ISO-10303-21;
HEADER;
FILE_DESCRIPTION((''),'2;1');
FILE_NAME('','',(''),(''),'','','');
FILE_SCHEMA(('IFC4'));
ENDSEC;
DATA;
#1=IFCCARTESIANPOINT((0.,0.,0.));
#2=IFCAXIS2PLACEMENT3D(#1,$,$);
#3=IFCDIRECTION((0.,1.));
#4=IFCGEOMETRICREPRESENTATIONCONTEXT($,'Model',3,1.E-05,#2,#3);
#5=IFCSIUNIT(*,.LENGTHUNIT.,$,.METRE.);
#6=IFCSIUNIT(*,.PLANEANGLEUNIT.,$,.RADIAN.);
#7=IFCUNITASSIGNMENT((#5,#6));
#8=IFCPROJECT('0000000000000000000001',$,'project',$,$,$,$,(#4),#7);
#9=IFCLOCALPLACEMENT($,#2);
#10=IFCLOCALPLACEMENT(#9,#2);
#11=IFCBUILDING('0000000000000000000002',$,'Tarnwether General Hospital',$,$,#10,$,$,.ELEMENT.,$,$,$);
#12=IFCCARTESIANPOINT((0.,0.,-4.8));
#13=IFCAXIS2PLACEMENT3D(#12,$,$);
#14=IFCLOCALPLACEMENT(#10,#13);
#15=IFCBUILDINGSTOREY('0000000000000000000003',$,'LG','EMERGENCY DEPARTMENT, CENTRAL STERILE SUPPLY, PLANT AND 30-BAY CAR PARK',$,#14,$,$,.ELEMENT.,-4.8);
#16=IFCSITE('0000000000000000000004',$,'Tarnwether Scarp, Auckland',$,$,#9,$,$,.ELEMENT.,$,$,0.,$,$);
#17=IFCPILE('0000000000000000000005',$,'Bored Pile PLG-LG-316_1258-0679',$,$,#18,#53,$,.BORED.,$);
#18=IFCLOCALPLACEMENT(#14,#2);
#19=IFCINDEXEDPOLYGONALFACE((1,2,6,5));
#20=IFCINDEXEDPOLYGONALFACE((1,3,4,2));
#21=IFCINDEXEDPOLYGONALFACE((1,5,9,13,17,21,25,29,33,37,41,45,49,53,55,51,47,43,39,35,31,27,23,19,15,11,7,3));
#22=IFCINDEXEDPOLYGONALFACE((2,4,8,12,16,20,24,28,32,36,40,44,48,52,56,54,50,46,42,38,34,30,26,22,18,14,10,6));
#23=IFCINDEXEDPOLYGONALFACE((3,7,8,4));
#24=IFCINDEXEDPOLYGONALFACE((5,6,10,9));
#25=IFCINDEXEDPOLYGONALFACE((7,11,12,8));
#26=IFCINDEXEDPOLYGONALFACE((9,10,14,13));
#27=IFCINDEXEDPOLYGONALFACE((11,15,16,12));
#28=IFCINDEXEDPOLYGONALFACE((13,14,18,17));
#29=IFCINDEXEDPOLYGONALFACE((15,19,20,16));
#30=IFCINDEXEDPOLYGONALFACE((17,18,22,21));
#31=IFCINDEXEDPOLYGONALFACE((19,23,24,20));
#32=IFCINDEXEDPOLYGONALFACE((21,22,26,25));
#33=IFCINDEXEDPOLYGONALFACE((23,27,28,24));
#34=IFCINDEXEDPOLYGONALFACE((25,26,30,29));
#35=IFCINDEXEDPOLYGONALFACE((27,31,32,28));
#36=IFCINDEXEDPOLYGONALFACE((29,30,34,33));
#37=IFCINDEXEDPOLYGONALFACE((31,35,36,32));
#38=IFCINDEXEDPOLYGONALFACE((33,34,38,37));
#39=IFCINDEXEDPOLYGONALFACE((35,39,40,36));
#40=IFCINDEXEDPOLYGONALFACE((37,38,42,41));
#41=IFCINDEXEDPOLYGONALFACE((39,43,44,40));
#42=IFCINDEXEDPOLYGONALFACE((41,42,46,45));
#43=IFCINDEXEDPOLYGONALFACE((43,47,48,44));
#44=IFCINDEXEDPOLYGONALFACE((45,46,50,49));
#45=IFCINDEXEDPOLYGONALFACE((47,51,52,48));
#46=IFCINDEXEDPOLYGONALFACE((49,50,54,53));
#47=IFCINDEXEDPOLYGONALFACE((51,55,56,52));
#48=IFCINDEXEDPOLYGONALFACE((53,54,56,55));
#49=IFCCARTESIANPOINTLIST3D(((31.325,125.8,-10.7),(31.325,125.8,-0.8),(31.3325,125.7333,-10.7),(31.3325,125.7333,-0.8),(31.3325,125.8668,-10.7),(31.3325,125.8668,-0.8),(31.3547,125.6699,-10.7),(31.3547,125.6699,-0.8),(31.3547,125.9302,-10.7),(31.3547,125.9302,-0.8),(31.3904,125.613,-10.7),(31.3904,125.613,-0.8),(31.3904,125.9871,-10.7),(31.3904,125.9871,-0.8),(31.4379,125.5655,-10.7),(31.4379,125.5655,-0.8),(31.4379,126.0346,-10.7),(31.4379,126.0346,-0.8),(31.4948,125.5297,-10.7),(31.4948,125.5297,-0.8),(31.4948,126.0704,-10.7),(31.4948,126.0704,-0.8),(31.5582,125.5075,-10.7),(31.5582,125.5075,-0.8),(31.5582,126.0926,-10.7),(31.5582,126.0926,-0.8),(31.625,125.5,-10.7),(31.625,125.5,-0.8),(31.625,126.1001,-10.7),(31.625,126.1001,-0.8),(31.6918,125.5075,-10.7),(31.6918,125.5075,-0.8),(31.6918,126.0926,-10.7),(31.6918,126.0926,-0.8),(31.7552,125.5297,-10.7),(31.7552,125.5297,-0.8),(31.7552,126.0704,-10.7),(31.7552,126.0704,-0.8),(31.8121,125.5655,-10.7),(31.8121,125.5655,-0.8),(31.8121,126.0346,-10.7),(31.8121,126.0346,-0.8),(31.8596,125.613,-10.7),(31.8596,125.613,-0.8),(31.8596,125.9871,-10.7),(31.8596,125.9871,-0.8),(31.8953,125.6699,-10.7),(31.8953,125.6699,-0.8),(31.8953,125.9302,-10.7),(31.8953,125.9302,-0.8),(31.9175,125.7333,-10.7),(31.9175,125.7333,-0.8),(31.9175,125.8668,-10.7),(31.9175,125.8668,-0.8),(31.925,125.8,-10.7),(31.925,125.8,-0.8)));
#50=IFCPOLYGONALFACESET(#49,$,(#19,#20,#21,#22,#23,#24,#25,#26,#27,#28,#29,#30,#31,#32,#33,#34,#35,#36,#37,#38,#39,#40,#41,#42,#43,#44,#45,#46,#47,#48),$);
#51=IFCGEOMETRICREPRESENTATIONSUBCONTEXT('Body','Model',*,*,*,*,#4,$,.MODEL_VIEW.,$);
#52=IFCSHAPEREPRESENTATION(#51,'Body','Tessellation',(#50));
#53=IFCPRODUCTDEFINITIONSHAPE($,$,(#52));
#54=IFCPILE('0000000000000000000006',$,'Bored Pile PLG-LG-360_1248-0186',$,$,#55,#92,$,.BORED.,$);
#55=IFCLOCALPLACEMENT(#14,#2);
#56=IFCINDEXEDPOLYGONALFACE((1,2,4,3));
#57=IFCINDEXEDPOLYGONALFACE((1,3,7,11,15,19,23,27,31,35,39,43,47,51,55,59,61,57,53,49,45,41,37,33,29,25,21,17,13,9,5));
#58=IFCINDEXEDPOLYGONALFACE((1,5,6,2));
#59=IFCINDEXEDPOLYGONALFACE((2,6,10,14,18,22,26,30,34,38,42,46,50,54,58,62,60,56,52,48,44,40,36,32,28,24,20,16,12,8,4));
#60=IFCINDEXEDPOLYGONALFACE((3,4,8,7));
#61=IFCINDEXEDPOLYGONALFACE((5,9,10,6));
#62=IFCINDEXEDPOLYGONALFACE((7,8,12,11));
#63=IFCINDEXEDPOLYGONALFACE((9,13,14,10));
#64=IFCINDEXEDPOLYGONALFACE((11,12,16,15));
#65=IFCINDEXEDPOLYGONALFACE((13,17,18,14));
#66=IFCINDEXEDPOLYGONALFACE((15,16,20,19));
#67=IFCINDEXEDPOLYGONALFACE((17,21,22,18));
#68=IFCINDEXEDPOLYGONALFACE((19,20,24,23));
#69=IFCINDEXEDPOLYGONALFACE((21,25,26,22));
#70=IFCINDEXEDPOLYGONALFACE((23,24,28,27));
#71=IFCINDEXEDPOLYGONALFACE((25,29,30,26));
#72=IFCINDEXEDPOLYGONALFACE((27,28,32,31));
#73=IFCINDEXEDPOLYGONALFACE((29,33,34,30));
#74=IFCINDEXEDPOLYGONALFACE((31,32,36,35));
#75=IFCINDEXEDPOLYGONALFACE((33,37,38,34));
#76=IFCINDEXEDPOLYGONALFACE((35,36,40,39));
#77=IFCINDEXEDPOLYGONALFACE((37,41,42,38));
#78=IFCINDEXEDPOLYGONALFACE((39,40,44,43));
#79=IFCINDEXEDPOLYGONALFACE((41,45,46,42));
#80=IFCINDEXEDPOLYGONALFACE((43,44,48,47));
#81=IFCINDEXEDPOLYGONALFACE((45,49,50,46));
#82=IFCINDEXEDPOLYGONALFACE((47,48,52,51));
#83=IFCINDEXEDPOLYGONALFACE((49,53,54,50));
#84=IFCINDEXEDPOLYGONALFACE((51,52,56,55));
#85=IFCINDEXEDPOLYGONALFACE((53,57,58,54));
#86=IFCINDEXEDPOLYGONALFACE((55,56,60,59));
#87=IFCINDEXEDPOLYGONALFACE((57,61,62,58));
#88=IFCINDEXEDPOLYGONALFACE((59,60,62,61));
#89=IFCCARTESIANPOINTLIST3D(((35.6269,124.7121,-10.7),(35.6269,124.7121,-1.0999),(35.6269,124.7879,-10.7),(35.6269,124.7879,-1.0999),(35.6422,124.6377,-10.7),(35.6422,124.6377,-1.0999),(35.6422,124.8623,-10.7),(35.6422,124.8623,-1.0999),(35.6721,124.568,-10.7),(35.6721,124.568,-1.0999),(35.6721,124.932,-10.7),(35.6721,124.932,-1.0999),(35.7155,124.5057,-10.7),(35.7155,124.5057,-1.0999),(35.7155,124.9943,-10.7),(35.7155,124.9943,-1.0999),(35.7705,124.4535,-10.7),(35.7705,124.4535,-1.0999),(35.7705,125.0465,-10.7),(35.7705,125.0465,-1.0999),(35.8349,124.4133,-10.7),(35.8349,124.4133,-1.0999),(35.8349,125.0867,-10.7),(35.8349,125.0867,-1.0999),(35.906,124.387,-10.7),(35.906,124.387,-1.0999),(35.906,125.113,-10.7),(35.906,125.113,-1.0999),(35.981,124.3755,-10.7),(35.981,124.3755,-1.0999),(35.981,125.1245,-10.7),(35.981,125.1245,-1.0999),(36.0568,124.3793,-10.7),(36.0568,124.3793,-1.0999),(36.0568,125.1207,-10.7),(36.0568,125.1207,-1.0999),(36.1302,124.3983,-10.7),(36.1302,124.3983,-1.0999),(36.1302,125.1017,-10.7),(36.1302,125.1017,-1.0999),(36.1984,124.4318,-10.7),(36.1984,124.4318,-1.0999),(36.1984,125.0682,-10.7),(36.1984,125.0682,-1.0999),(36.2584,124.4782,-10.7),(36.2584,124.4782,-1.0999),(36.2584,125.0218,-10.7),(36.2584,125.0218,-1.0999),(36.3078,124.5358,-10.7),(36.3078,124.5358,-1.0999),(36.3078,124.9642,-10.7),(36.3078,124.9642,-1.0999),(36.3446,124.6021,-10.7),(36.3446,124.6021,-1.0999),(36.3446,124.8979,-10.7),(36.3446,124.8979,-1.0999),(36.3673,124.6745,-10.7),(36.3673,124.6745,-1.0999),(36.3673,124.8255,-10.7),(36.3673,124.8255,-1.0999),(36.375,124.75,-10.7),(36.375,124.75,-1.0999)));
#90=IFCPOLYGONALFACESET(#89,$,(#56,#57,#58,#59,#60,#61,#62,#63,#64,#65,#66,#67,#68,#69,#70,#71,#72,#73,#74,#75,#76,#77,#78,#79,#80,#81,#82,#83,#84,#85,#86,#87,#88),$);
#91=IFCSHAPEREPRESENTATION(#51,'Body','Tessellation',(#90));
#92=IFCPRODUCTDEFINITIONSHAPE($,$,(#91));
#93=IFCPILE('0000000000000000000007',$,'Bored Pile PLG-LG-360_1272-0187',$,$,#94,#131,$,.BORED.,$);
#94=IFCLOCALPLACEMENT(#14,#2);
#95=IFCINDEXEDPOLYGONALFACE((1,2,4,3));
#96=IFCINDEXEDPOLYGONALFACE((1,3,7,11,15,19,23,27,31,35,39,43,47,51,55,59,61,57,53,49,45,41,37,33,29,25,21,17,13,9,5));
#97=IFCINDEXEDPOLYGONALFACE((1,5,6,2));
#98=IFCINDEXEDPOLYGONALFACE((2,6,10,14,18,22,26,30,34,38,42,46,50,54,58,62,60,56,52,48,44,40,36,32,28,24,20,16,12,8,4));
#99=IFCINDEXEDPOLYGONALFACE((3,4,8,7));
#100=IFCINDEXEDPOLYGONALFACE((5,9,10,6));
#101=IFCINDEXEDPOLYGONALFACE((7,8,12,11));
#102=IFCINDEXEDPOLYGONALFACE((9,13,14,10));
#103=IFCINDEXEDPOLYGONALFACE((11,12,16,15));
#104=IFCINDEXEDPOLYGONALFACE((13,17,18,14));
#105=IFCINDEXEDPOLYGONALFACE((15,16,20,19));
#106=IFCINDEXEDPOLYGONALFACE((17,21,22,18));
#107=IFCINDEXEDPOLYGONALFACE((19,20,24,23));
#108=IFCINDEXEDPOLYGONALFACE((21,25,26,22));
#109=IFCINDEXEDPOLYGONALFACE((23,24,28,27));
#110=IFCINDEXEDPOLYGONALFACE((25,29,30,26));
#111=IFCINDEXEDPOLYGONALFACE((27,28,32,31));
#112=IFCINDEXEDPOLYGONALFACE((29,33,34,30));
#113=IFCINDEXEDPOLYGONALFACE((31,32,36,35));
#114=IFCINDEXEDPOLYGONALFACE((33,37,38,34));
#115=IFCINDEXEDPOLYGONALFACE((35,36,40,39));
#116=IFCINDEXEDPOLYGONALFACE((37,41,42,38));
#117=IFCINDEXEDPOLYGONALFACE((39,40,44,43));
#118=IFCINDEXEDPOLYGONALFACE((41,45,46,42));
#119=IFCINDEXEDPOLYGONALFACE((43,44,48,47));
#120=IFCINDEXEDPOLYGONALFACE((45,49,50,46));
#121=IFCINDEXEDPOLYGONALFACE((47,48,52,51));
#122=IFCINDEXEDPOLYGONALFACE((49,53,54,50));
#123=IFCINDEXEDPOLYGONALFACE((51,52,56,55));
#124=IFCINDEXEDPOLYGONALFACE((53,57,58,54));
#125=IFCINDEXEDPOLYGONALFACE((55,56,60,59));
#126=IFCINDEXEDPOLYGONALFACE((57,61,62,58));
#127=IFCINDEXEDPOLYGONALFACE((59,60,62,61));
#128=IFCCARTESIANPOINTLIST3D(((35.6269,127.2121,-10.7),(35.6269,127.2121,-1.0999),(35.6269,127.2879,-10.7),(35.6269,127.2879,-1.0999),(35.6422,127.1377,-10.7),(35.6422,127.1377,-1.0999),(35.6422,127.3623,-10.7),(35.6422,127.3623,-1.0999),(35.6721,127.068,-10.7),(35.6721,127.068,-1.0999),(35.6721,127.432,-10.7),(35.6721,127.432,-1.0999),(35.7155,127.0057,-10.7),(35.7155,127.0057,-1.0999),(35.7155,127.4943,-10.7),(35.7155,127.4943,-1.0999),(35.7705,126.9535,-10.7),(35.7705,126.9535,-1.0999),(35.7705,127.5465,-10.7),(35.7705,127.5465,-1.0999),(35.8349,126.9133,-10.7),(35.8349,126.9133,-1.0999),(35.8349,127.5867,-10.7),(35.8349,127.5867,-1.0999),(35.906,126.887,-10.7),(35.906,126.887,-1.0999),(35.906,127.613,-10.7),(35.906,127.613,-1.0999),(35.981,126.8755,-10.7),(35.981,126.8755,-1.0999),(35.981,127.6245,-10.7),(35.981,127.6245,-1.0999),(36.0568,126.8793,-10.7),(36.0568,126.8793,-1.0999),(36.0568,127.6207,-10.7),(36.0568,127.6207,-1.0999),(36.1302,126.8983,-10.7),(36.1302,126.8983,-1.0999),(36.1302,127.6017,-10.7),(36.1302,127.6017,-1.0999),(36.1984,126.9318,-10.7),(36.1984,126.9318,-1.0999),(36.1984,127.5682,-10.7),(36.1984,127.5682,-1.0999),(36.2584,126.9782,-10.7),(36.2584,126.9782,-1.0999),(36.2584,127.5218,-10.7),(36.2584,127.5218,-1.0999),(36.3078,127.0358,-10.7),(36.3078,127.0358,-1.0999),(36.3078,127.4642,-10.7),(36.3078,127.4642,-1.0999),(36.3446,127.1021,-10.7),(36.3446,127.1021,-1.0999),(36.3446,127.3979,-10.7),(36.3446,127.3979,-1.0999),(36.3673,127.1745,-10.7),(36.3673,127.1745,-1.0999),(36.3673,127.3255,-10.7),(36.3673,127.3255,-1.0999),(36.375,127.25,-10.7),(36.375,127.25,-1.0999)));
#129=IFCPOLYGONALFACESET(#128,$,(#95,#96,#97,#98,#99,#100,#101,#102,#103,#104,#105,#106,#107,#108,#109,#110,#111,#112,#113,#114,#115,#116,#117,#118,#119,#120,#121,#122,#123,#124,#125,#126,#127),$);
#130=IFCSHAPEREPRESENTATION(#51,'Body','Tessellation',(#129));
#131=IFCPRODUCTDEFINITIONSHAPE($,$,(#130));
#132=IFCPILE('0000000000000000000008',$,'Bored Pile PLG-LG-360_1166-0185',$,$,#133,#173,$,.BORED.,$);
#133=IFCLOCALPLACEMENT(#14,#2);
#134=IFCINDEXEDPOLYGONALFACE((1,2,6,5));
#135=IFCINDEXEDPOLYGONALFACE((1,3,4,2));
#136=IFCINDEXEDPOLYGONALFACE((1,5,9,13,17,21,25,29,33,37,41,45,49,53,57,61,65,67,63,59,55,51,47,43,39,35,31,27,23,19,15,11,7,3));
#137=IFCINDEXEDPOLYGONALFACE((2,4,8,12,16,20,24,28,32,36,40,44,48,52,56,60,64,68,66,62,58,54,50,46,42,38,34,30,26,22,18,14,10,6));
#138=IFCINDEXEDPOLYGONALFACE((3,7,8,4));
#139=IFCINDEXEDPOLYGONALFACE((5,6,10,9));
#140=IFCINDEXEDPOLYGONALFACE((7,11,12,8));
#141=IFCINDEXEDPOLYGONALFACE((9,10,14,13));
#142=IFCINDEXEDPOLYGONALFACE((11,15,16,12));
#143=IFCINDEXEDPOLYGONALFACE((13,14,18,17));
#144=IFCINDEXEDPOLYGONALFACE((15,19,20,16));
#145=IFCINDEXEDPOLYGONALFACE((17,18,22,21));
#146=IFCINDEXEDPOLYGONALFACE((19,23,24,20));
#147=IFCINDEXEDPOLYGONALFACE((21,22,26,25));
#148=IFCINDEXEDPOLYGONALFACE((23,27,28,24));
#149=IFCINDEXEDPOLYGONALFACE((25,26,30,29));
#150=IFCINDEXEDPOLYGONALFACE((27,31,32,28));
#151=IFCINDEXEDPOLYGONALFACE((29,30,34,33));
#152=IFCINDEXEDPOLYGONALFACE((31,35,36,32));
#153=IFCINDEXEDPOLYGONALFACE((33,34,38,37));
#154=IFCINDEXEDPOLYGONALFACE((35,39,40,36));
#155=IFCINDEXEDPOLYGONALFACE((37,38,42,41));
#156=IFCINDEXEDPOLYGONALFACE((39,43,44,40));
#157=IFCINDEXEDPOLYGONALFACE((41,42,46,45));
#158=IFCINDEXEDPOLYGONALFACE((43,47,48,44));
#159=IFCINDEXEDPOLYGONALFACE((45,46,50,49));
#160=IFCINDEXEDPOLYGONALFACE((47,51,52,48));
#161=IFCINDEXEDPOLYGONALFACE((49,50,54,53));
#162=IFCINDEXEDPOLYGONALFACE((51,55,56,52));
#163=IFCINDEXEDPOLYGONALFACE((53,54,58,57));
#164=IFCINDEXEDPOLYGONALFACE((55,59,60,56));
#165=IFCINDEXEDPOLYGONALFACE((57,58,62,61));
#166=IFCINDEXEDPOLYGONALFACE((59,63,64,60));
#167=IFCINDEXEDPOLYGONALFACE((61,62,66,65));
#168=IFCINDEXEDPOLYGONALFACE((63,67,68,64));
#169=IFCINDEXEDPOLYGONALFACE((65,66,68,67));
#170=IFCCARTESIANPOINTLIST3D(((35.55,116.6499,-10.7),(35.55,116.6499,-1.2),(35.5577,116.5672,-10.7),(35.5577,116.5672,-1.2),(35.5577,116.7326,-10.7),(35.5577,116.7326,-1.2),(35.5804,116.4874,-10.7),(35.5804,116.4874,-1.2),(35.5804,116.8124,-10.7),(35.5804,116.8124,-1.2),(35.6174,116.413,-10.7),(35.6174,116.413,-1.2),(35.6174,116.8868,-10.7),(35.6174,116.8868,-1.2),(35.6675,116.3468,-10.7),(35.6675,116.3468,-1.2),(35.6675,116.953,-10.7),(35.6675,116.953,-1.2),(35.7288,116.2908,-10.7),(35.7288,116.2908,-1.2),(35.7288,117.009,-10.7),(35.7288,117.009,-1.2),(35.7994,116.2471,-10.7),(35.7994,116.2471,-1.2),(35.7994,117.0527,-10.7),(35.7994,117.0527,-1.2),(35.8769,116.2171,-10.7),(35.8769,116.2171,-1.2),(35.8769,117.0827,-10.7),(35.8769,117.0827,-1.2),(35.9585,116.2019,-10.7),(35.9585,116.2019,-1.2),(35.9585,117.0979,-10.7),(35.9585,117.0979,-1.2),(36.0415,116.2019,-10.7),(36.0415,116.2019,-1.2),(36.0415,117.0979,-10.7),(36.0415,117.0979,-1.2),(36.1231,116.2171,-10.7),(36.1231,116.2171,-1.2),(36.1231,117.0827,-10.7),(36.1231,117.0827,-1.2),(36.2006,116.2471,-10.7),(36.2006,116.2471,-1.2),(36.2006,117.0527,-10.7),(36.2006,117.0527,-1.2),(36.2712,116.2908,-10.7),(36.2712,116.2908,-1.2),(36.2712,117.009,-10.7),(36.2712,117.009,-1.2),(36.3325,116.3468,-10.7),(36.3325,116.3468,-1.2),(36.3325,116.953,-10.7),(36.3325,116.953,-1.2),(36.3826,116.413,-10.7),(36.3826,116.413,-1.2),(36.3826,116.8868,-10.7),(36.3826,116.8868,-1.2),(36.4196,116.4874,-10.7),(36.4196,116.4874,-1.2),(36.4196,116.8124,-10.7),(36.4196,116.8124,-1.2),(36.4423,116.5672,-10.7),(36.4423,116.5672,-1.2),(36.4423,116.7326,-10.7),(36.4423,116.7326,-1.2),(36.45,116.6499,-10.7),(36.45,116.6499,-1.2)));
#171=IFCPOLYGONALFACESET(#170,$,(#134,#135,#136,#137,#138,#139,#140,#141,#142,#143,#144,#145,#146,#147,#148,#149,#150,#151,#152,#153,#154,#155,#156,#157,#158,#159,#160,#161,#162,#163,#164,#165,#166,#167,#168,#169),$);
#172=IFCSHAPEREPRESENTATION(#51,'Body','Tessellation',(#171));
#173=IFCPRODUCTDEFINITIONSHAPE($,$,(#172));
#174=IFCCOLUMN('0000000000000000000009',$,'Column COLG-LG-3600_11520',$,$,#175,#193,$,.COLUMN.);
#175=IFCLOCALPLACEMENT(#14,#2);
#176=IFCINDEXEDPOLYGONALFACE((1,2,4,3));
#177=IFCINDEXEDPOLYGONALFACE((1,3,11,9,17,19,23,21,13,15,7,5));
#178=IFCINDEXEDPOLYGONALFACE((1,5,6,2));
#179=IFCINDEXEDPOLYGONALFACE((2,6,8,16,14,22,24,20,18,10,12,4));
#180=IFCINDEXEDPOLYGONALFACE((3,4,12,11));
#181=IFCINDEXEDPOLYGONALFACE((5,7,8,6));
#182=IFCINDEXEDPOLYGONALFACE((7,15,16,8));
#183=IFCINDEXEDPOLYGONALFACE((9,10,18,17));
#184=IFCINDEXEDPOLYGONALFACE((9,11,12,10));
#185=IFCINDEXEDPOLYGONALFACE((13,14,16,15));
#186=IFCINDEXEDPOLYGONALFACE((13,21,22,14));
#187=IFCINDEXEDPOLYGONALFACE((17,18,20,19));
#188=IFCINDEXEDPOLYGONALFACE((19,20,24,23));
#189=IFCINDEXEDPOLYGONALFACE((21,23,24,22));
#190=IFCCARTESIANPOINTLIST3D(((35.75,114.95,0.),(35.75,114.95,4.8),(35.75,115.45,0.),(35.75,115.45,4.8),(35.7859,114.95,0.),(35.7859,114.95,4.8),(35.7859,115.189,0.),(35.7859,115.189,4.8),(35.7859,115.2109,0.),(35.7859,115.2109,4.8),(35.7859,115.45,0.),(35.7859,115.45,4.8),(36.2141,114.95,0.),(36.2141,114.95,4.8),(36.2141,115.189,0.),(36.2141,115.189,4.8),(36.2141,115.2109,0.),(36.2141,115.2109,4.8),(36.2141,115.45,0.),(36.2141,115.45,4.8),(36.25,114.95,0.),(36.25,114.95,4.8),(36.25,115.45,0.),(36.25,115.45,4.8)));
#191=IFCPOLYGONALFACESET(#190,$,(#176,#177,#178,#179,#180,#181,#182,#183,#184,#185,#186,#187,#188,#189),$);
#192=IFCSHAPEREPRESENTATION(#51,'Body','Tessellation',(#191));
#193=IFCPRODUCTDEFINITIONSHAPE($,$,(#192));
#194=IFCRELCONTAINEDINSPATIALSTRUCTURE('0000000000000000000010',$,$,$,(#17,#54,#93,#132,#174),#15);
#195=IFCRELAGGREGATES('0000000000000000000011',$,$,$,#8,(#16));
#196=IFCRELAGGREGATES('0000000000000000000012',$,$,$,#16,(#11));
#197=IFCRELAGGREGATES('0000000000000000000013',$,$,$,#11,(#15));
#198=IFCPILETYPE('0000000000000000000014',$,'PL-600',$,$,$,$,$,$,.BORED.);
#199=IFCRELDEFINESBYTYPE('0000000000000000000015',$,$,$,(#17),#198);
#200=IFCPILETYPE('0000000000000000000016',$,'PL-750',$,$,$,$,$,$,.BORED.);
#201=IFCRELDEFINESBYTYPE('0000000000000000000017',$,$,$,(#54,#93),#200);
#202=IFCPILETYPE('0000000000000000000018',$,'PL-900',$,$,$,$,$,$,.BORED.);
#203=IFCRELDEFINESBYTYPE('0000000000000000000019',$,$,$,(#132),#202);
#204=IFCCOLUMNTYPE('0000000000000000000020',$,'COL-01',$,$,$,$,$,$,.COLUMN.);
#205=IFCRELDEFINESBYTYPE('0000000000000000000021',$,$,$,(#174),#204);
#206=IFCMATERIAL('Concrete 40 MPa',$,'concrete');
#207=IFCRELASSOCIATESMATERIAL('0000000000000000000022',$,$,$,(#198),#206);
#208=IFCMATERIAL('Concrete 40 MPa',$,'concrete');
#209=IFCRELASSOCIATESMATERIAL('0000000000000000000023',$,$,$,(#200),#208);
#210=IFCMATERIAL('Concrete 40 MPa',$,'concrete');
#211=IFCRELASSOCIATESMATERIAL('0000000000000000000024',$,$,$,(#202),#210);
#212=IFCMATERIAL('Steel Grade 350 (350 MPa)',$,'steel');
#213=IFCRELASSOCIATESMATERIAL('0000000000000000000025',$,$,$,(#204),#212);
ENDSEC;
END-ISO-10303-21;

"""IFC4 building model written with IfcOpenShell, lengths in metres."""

from ifc_helpers import new_model, si_unit, direction, frame, origin, origin_2d, place, context, subcontext, project, spatial, circle, i_section, extrude, material, material_profile, profile_set, type_object, element, save


model = new_model("IFC4")

# Units and contexts
model_context = context("Model", 3, precision=1e-05, world=origin(), true_north=direction((0.0, 1.0)))
body_context = subcontext(model_context, "Body", "Model", "MODEL_VIEW")
ifc_project = project(units=[si_unit("LENGTHUNIT", "METRE"), si_unit("PLANEANGLEUNIT", "RADIAN")], contexts=[model_context])

# Site, building, storey
site_placement = place(None, origin())
site = spatial("IfcSite", under=ifc_project, at=site_placement, Name="Tarnwether Scarp, Auckland", CompositionType="ELEMENT", RefElevation=0.0)
building_placement = place(site_placement, origin())
building = spatial("IfcBuilding", under=site, at=building_placement, Name="Tarnwether General Hospital", CompositionType="ELEMENT")
storey_placement = place(building_placement, frame((0.0, 0.0, -4.8)))
storey = spatial("IfcBuildingStorey", under=building, at=storey_placement, Name="LG", Description="EMERGENCY DEPARTMENT, CENTRAL STERILE SUPPLY, PLANT AND 30-BAY CAR PARK", CompositionType="ELEMENT", Elevation=-4.8)

# Piles
ifc_material_1 = material(Name="Concrete 40 MPa", Category="concrete")
ifc_material_profile_1 = material_profile(ifc_material_1, circle(Radius=0.3, at=origin_2d()), Name="PILE-D600")
ifc_profile_set_1 = profile_set([ifc_material_profile_1], Name="Concrete 40 MPa")
pile_type_1 = type_object("IfcPileType", Name="PL-600", PredefinedType="BORED", material=ifc_profile_set_1)
for number, where, z_axis, x_axis, name in (
    (1, (31.625, 125.8, -0.8), (0.0, 0.0, -1.0), (1.0, 0.0, 0.0), "Bored Pile PLG-LG-316_1258-0679"),
):
    element("IfcPile", number, at=place(storey_placement, frame(where, z_axis=z_axis, x_axis=x_axis)), inside=storey, type_object=pile_type_1, Name=name, PredefinedType="BORED", context=body_context, shape_type="SweptSolid", body=[
        extrude(circle(Radius=0.3, at=origin_2d()), origin(), (0.0, 0.0, 1.0), 9.8999),
    ])
ifc_material_2 = material(Name="Concrete 40 MPa", Category="concrete")
ifc_material_profile_2 = material_profile(ifc_material_2, circle(Radius=0.375, at=origin_2d()), Name="PILE-D750")
ifc_profile_set_2 = profile_set([ifc_material_profile_2], Name="Concrete 40 MPa")
pile_type_2 = type_object("IfcPileType", Name="PL-750", PredefinedType="BORED", material=ifc_profile_set_2)
for number, where, z_axis, x_axis, name in (
    (2, (36.0, 124.75, -1.0999), (0.0, 0.0, -1.0), (1.0, 0.0, 0.0), "Bored Pile PLG-LG-360_1248-0186"),
    (3, (36.0, 127.25, -1.0999), (0.0, 0.0, -1.0), (1.0, 0.0, 0.0), "Bored Pile PLG-LG-360_1272-0187"),
):
    element("IfcPile", number, at=place(storey_placement, frame(where, z_axis=z_axis, x_axis=x_axis)), inside=storey, type_object=pile_type_2, Name=name, PredefinedType="BORED", context=body_context, shape_type="SweptSolid", body=[
        extrude(circle(Radius=0.375, at=origin_2d()), origin(), (0.0, 0.0, 1.0), 9.6001),
    ])
ifc_material_3 = material(Name="Concrete 40 MPa", Category="concrete")
ifc_material_profile_3 = material_profile(ifc_material_3, circle(Radius=0.45, at=origin_2d()), Name="PILE-D900")
ifc_profile_set_3 = profile_set([ifc_material_profile_3], Name="Concrete 40 MPa")
pile_type_3 = type_object("IfcPileType", Name="PL-900", PredefinedType="BORED", material=ifc_profile_set_3)
pile_placement = place(storey_placement, frame((36.0, 116.6499, -1.2), z_axis=(0.0, 0.0, -1.0), x_axis=(1.0, 0.0, 0.0)))
element("IfcPile", 4, at=pile_placement, inside=storey, type_object=pile_type_3, Name="Bored Pile PLG-LG-360_1166-0185", PredefinedType="BORED", context=body_context, shape_type="SweptSolid", body=[
    extrude(circle(Radius=0.45, at=origin_2d()), origin(), (0.0, 0.0, 1.0), 9.5),
])

# Column
ifc_material_4 = material(Name="Steel Grade 350 (350 MPa)", Category="steel")
ifc_material_profile_4 = material_profile(ifc_material_4, i_section(OverallWidth=0.5, OverallDepth=0.5, WebThickness=0.022, FlangeThickness=0.0359, at=origin_2d()), Name="500WC380")
ifc_profile_set_4 = profile_set([ifc_material_profile_4], Name="Steel Grade 350 (350 MPa)")
column_type_1 = type_object("IfcColumnType", Name="COL-01", PredefinedType="COLUMN", material=ifc_profile_set_4)
column_1_placement = place(storey_placement, frame((36.0, 115.2, 0.0), z_axis=(0.0, 0.0, 1.0), x_axis=(0.0, 1.0, 0.0)))
element("IfcColumn", 5, at=column_1_placement, inside=storey, type_object=column_type_1, Name="Column COLG-LG-3600_11520", PredefinedType="COLUMN", context=body_context, shape_type="SweptSolid", body=[
    extrude(i_section(OverallWidth=0.5, OverallDepth=0.5, WebThickness=0.022, FlangeThickness=0.0359, at=origin_2d()), origin(), (0.0, 0.0, 1.0), 4.8),
])

save(model, "model.ifc")
